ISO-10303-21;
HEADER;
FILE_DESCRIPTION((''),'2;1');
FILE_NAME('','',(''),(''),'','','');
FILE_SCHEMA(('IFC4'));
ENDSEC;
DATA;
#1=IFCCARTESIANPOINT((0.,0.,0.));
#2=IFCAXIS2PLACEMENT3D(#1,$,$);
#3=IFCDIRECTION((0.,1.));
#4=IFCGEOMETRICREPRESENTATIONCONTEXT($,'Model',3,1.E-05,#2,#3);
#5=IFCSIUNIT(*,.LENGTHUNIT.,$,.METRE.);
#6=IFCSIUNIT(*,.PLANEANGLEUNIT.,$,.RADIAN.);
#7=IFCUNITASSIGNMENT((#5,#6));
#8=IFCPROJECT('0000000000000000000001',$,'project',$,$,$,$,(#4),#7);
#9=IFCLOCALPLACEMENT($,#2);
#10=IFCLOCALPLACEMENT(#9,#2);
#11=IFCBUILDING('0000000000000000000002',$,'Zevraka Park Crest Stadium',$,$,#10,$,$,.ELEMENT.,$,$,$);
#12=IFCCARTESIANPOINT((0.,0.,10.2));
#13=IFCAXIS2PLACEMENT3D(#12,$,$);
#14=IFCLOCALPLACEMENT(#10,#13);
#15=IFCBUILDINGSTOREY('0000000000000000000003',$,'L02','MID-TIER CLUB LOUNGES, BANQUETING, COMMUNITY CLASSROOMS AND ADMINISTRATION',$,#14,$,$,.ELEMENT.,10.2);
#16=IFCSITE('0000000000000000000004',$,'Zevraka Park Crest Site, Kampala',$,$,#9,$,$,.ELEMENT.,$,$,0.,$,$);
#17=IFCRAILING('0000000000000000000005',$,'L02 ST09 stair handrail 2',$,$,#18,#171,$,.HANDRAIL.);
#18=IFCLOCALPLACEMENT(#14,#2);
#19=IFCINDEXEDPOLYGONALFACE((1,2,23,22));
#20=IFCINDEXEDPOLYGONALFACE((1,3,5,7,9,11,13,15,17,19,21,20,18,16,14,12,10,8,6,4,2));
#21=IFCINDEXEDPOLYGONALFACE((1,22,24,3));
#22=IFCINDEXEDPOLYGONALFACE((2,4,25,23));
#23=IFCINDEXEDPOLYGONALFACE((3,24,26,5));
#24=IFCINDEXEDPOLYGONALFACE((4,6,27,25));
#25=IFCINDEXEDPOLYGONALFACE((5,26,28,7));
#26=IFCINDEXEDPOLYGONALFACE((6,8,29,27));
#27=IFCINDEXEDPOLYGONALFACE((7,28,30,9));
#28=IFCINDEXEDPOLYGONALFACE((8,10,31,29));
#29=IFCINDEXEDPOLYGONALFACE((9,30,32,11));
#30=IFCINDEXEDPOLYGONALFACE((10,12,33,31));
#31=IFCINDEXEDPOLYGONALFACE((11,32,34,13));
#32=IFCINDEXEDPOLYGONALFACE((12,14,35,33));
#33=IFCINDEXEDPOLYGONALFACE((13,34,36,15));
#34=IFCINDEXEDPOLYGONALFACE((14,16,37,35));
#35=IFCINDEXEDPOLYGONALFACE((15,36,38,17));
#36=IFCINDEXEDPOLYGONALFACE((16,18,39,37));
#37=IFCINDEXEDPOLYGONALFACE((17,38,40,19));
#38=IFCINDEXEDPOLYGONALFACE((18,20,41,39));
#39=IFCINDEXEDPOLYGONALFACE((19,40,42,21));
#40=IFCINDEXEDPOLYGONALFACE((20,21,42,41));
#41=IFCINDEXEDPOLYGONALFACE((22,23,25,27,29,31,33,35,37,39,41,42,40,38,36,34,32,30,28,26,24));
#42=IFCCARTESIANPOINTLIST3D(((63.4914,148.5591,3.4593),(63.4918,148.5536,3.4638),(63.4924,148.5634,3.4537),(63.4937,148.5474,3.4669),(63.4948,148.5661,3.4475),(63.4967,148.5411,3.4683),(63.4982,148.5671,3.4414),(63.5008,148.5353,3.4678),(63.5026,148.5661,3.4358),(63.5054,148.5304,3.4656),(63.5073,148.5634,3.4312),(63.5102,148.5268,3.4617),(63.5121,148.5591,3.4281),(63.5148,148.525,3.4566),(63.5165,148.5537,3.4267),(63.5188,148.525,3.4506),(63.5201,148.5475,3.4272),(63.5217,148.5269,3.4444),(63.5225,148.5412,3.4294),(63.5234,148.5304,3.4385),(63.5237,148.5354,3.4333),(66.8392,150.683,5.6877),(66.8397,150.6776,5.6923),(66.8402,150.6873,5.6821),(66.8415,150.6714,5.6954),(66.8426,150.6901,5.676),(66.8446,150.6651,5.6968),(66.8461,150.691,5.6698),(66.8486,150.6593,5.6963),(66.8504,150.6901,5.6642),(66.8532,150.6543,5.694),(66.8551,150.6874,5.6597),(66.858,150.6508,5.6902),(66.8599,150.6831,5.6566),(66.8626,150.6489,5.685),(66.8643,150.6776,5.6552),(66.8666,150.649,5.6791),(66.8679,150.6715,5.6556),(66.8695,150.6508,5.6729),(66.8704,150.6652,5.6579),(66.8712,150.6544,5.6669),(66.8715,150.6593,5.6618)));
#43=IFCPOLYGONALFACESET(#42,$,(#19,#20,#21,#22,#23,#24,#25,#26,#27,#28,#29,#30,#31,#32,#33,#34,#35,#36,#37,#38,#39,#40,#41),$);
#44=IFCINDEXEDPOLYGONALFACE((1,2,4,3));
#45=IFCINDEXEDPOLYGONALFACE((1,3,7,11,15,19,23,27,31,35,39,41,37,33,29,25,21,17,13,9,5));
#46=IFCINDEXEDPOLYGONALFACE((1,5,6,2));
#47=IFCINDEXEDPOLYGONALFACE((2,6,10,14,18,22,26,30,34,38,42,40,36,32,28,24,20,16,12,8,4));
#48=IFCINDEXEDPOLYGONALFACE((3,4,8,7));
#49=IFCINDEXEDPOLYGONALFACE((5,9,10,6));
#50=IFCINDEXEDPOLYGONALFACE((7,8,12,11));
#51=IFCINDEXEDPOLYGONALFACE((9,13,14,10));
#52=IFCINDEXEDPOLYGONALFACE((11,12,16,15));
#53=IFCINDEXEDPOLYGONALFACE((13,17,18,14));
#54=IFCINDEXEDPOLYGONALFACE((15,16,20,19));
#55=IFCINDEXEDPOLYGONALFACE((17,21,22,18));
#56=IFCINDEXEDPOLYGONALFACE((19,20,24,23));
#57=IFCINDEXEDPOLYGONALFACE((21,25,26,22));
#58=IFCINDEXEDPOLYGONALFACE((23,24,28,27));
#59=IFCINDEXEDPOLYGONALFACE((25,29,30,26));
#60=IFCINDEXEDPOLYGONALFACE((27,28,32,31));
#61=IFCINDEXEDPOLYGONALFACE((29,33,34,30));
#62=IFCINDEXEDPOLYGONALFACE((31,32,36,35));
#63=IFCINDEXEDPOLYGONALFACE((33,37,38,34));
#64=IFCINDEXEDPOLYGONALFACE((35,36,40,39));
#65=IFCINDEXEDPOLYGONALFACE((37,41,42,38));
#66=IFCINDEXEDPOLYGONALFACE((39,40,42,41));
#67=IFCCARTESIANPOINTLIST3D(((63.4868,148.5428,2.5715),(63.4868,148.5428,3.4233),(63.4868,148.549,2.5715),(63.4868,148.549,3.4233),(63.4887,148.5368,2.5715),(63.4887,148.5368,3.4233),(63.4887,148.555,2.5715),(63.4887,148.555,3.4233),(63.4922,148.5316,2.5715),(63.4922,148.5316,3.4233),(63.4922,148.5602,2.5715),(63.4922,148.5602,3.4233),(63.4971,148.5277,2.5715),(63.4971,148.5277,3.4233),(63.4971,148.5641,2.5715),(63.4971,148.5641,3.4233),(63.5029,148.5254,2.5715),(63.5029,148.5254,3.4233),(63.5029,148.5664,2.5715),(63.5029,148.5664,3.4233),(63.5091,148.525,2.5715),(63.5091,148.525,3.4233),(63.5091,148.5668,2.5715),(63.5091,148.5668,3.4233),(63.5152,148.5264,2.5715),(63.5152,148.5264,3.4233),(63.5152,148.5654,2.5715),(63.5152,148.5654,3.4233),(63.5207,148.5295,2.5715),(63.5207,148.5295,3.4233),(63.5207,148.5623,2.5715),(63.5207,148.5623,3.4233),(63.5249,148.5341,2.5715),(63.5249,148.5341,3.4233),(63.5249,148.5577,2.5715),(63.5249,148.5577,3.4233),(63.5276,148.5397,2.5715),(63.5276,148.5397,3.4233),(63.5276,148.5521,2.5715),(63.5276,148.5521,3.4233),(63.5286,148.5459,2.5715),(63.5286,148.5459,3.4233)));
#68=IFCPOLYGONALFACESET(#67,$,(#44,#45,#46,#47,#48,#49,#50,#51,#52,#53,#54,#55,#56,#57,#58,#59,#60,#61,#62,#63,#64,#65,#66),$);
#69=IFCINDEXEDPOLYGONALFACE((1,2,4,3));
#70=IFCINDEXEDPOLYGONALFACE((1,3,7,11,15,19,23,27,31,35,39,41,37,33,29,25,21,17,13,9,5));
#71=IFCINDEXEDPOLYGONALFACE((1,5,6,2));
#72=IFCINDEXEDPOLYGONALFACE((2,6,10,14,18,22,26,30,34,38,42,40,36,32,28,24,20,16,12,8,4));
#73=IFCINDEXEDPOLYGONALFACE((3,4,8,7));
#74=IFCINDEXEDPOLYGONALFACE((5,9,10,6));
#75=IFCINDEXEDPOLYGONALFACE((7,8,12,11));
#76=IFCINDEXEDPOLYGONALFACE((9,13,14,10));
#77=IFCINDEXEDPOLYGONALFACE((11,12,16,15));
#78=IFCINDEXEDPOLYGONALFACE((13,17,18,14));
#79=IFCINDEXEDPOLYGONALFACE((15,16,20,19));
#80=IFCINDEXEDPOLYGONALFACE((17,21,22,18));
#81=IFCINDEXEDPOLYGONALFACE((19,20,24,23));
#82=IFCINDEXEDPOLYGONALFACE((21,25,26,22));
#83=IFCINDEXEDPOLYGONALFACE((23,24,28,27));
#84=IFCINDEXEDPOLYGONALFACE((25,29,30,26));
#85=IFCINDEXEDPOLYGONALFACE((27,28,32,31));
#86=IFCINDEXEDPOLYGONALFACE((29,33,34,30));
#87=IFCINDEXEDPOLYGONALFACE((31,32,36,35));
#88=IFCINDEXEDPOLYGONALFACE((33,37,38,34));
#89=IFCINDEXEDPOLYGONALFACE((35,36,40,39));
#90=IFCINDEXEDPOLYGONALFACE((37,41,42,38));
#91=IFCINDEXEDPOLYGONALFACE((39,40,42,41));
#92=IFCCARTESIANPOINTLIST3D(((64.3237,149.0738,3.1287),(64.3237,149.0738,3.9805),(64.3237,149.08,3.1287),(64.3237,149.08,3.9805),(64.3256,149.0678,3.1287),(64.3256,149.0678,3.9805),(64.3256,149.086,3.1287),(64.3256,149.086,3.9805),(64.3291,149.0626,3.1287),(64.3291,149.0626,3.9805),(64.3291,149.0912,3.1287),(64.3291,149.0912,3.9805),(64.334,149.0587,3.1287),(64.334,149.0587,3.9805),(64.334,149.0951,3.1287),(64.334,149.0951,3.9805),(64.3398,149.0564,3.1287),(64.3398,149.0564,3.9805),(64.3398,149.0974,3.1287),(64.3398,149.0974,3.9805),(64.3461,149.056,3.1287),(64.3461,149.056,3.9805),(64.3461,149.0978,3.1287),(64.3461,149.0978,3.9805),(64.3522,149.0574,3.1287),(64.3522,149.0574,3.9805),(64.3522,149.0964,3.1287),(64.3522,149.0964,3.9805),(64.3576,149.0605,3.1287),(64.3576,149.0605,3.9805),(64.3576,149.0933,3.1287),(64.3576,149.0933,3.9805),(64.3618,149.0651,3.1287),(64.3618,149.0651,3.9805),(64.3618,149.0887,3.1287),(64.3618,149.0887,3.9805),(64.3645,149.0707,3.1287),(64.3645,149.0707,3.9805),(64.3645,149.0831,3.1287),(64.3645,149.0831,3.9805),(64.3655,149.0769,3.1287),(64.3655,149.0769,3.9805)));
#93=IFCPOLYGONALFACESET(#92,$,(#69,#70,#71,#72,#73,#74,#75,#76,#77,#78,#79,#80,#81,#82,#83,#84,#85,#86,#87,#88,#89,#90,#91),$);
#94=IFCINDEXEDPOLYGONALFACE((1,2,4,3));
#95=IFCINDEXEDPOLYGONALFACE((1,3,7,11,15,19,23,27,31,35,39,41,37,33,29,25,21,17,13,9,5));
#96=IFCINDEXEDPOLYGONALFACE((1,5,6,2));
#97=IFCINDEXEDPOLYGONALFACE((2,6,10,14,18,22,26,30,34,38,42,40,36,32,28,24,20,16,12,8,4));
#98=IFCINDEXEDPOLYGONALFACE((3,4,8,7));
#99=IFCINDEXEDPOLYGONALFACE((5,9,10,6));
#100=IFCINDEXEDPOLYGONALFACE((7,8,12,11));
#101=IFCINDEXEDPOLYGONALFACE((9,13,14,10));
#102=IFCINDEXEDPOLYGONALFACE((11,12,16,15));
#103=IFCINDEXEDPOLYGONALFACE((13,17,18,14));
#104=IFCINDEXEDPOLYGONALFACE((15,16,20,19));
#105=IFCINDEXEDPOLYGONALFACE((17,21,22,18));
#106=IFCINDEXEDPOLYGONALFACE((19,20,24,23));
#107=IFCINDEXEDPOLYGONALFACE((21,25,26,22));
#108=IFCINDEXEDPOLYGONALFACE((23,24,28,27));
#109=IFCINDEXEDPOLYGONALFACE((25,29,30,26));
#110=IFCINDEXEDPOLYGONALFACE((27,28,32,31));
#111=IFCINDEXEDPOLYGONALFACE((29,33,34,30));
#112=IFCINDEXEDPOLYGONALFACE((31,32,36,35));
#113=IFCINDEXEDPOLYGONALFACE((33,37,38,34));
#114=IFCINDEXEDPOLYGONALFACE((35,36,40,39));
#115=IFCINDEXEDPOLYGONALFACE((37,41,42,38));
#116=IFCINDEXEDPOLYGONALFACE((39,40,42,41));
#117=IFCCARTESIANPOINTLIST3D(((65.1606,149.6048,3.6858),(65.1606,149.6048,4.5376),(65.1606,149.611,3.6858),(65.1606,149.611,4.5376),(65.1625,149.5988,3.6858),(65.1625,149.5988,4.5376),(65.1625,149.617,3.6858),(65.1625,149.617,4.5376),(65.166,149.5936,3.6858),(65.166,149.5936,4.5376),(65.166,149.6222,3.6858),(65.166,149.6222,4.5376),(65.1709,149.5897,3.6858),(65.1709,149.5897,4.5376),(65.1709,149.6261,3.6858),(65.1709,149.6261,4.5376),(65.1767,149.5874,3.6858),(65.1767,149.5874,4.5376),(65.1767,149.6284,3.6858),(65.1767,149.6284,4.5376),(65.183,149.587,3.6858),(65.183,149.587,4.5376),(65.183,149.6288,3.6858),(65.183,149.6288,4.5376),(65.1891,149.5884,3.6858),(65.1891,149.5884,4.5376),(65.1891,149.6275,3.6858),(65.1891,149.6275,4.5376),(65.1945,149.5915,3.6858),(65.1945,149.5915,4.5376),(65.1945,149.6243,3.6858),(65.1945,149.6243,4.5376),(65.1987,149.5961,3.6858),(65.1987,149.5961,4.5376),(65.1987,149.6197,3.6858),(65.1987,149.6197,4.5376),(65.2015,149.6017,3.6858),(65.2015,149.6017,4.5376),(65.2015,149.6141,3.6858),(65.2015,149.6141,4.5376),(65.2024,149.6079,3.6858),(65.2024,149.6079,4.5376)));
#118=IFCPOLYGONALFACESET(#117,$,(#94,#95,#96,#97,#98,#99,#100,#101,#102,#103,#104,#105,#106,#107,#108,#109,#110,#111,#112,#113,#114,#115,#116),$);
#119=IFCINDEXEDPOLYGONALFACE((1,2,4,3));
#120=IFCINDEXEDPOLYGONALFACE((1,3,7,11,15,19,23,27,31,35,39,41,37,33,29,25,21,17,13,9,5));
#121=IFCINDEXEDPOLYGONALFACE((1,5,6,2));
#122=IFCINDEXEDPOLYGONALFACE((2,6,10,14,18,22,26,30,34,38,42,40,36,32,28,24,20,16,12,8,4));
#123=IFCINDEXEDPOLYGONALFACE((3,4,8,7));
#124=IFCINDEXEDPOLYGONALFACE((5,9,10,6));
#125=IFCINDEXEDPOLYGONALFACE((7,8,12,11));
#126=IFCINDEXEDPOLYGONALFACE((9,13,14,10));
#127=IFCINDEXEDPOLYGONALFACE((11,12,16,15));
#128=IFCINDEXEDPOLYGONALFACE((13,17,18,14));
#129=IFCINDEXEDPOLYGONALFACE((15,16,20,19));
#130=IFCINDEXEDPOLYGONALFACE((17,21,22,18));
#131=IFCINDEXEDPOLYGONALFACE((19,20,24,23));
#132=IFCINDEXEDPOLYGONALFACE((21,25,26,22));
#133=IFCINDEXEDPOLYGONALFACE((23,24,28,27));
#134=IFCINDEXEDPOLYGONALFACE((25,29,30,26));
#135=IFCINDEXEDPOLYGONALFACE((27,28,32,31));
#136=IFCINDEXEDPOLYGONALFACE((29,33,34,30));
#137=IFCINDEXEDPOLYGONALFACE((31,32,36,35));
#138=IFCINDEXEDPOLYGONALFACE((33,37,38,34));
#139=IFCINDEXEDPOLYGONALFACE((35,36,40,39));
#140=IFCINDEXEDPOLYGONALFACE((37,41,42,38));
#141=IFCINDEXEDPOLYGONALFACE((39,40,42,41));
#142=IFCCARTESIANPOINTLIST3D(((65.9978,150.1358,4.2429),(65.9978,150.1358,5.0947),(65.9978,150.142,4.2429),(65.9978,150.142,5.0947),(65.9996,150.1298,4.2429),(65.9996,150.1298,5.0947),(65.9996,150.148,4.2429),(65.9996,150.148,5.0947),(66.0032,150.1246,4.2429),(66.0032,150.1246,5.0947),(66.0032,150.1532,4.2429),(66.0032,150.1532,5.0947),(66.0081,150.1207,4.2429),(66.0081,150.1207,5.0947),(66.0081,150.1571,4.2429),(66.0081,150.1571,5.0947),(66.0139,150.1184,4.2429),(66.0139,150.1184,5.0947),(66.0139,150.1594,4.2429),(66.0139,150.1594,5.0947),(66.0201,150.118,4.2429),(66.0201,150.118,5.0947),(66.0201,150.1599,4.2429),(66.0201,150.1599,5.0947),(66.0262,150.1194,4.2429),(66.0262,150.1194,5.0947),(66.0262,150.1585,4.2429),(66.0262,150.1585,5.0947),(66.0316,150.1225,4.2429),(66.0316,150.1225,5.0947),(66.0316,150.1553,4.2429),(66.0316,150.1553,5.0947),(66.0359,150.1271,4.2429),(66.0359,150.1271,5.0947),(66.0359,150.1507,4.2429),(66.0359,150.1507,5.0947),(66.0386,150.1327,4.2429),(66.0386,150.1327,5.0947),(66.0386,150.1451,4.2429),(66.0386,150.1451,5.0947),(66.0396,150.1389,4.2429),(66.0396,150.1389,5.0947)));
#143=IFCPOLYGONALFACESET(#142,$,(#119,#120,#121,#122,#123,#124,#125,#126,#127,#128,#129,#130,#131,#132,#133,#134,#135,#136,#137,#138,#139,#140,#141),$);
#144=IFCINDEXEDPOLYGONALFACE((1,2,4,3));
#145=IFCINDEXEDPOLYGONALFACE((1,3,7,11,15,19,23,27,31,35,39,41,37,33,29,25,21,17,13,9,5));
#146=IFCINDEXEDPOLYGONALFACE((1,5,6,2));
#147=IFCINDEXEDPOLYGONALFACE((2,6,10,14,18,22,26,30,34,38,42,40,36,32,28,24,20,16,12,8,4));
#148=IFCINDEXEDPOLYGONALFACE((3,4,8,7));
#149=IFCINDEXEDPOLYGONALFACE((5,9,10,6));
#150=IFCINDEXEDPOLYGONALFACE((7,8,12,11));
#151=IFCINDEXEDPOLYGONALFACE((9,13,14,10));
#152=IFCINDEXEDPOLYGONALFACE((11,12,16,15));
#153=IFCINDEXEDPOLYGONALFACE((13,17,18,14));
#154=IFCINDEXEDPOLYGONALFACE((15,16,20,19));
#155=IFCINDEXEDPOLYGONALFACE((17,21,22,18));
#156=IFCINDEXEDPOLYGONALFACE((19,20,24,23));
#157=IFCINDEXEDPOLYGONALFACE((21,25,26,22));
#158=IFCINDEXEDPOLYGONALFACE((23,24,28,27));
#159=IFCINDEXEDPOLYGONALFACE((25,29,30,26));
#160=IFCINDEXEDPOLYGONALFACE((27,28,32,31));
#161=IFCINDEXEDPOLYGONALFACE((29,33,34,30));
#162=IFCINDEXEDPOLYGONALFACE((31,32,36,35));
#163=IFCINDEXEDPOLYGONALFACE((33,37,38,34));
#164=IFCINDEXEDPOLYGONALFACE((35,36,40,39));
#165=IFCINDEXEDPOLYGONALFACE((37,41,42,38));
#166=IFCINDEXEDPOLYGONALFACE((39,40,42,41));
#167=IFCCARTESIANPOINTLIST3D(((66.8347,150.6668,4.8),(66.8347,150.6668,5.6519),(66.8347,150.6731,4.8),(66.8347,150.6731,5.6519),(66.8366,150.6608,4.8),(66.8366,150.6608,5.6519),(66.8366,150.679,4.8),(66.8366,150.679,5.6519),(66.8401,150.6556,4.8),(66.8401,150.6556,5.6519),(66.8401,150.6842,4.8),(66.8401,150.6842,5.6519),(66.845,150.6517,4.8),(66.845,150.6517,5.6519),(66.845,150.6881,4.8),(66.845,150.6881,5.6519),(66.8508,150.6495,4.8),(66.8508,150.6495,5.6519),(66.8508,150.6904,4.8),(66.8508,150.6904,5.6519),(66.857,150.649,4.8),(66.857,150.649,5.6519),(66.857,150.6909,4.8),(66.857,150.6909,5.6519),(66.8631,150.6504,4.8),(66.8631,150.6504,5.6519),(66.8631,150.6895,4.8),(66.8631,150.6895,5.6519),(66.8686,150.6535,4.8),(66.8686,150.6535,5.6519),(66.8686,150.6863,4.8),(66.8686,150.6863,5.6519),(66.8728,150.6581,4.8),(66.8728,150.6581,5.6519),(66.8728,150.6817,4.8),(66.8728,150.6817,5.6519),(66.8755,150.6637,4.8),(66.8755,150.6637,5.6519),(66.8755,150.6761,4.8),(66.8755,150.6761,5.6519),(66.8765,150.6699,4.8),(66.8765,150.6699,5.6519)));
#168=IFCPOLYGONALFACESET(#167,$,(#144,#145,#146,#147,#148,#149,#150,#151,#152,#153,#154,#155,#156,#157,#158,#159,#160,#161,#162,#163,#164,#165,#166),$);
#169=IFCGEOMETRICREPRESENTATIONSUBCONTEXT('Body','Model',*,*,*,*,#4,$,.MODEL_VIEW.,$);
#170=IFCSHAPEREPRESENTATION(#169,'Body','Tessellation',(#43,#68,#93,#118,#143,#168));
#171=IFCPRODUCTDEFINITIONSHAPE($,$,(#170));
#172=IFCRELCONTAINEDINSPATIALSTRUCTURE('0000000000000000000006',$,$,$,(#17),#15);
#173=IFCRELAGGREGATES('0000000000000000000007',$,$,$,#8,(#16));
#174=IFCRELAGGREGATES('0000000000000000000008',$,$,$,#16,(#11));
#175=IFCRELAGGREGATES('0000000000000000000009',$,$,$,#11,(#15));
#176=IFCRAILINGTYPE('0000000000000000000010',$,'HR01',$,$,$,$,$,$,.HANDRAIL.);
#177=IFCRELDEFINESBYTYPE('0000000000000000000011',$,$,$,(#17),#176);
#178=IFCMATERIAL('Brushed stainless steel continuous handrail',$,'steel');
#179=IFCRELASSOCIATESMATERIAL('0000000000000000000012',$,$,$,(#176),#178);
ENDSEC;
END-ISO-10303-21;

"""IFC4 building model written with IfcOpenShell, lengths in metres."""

from ifc_helpers import new_model, si_unit, direction, frame, origin, origin_2d, place, context, subcontext, project, spatial, circle, extrude, material, type_object, element, save


model = new_model("IFC4")

# Units and contexts
model_context = context("Model", 3, precision=1e-05, world=origin(), true_north=direction((0.0, 1.0)))
body_context = subcontext(model_context, "Body", "Model", "MODEL_VIEW")
ifc_project = project(units=[si_unit("LENGTHUNIT", "METRE"), si_unit("PLANEANGLEUNIT", "RADIAN")], contexts=[model_context])

# Site, building, storey
site_placement = place(None, origin())
site = spatial("IfcSite", under=ifc_project, at=site_placement, Name="Zevraka Park Crest Site, Kampala", CompositionType="ELEMENT", RefElevation=0.0)
building_placement = place(site_placement, origin())
building = spatial("IfcBuilding", under=site, at=building_placement, Name="Zevraka Park Crest Stadium", CompositionType="ELEMENT")
storey_placement = place(building_placement, frame((0.0, 0.0, 10.2)))
storey = spatial("IfcBuildingStorey", under=building, at=storey_placement, Name="L02", Description="MID-TIER CLUB LOUNGES, BANQUETING, COMMUNITY CLASSROOMS AND ADMINISTRATION", CompositionType="ELEMENT", Elevation=10.2)

# Railing
ifc_material_1 = material(Name="Brushed stainless steel continuous handrail", Category="steel")
railing_type_1 = type_object("IfcRailingType", Name="HR01", PredefinedType="HANDRAIL", material=ifc_material_1)
railing_1_placement = place(storey_placement, frame((63.5076, 148.5459, 2.5715)))
element("IfcRailing", 1, at=railing_1_placement, inside=storey, type_object=railing_type_1, Name="L02 ST09 stair handrail 2", PredefinedType="HANDRAIL", context=body_context, shape_type="SweptSolid", body=[
    extrude(circle(Radius=0.0239, at=origin_2d()), frame((0.0, 0.0, 0.876), z_axis=(0.736092, 0.467002, 0.489977), x_axis=(-0.535716, 0.844399, 0.0)), (0.0, 0.0, 1.0), 4.5481),
    extrude(circle(Radius=0.021, at=origin_2d()), origin(), (0.0, 0.0, 1.0), 0.8518),
    extrude(circle(Radius=0.021, at=origin_2d()), frame((0.8369, 0.531, 0.5571)), (0.0, 0.0, 1.0), 0.8518),
    extrude(circle(Radius=0.021, at=origin_2d()), frame((1.6738, 1.062, 1.1143)), (0.0, 0.0, 1.0), 0.8518),
    extrude(circle(Radius=0.021, at=origin_2d()), frame((2.511, 1.593, 1.6714)), (0.0, 0.0, 1.0), 0.8518),
    extrude(circle(Radius=0.021, at=origin_2d()), frame((3.3479, 2.124, 2.2285)), (0.0, 0.0, 1.0), 0.8518),
])

save(model, "model.ifc")
